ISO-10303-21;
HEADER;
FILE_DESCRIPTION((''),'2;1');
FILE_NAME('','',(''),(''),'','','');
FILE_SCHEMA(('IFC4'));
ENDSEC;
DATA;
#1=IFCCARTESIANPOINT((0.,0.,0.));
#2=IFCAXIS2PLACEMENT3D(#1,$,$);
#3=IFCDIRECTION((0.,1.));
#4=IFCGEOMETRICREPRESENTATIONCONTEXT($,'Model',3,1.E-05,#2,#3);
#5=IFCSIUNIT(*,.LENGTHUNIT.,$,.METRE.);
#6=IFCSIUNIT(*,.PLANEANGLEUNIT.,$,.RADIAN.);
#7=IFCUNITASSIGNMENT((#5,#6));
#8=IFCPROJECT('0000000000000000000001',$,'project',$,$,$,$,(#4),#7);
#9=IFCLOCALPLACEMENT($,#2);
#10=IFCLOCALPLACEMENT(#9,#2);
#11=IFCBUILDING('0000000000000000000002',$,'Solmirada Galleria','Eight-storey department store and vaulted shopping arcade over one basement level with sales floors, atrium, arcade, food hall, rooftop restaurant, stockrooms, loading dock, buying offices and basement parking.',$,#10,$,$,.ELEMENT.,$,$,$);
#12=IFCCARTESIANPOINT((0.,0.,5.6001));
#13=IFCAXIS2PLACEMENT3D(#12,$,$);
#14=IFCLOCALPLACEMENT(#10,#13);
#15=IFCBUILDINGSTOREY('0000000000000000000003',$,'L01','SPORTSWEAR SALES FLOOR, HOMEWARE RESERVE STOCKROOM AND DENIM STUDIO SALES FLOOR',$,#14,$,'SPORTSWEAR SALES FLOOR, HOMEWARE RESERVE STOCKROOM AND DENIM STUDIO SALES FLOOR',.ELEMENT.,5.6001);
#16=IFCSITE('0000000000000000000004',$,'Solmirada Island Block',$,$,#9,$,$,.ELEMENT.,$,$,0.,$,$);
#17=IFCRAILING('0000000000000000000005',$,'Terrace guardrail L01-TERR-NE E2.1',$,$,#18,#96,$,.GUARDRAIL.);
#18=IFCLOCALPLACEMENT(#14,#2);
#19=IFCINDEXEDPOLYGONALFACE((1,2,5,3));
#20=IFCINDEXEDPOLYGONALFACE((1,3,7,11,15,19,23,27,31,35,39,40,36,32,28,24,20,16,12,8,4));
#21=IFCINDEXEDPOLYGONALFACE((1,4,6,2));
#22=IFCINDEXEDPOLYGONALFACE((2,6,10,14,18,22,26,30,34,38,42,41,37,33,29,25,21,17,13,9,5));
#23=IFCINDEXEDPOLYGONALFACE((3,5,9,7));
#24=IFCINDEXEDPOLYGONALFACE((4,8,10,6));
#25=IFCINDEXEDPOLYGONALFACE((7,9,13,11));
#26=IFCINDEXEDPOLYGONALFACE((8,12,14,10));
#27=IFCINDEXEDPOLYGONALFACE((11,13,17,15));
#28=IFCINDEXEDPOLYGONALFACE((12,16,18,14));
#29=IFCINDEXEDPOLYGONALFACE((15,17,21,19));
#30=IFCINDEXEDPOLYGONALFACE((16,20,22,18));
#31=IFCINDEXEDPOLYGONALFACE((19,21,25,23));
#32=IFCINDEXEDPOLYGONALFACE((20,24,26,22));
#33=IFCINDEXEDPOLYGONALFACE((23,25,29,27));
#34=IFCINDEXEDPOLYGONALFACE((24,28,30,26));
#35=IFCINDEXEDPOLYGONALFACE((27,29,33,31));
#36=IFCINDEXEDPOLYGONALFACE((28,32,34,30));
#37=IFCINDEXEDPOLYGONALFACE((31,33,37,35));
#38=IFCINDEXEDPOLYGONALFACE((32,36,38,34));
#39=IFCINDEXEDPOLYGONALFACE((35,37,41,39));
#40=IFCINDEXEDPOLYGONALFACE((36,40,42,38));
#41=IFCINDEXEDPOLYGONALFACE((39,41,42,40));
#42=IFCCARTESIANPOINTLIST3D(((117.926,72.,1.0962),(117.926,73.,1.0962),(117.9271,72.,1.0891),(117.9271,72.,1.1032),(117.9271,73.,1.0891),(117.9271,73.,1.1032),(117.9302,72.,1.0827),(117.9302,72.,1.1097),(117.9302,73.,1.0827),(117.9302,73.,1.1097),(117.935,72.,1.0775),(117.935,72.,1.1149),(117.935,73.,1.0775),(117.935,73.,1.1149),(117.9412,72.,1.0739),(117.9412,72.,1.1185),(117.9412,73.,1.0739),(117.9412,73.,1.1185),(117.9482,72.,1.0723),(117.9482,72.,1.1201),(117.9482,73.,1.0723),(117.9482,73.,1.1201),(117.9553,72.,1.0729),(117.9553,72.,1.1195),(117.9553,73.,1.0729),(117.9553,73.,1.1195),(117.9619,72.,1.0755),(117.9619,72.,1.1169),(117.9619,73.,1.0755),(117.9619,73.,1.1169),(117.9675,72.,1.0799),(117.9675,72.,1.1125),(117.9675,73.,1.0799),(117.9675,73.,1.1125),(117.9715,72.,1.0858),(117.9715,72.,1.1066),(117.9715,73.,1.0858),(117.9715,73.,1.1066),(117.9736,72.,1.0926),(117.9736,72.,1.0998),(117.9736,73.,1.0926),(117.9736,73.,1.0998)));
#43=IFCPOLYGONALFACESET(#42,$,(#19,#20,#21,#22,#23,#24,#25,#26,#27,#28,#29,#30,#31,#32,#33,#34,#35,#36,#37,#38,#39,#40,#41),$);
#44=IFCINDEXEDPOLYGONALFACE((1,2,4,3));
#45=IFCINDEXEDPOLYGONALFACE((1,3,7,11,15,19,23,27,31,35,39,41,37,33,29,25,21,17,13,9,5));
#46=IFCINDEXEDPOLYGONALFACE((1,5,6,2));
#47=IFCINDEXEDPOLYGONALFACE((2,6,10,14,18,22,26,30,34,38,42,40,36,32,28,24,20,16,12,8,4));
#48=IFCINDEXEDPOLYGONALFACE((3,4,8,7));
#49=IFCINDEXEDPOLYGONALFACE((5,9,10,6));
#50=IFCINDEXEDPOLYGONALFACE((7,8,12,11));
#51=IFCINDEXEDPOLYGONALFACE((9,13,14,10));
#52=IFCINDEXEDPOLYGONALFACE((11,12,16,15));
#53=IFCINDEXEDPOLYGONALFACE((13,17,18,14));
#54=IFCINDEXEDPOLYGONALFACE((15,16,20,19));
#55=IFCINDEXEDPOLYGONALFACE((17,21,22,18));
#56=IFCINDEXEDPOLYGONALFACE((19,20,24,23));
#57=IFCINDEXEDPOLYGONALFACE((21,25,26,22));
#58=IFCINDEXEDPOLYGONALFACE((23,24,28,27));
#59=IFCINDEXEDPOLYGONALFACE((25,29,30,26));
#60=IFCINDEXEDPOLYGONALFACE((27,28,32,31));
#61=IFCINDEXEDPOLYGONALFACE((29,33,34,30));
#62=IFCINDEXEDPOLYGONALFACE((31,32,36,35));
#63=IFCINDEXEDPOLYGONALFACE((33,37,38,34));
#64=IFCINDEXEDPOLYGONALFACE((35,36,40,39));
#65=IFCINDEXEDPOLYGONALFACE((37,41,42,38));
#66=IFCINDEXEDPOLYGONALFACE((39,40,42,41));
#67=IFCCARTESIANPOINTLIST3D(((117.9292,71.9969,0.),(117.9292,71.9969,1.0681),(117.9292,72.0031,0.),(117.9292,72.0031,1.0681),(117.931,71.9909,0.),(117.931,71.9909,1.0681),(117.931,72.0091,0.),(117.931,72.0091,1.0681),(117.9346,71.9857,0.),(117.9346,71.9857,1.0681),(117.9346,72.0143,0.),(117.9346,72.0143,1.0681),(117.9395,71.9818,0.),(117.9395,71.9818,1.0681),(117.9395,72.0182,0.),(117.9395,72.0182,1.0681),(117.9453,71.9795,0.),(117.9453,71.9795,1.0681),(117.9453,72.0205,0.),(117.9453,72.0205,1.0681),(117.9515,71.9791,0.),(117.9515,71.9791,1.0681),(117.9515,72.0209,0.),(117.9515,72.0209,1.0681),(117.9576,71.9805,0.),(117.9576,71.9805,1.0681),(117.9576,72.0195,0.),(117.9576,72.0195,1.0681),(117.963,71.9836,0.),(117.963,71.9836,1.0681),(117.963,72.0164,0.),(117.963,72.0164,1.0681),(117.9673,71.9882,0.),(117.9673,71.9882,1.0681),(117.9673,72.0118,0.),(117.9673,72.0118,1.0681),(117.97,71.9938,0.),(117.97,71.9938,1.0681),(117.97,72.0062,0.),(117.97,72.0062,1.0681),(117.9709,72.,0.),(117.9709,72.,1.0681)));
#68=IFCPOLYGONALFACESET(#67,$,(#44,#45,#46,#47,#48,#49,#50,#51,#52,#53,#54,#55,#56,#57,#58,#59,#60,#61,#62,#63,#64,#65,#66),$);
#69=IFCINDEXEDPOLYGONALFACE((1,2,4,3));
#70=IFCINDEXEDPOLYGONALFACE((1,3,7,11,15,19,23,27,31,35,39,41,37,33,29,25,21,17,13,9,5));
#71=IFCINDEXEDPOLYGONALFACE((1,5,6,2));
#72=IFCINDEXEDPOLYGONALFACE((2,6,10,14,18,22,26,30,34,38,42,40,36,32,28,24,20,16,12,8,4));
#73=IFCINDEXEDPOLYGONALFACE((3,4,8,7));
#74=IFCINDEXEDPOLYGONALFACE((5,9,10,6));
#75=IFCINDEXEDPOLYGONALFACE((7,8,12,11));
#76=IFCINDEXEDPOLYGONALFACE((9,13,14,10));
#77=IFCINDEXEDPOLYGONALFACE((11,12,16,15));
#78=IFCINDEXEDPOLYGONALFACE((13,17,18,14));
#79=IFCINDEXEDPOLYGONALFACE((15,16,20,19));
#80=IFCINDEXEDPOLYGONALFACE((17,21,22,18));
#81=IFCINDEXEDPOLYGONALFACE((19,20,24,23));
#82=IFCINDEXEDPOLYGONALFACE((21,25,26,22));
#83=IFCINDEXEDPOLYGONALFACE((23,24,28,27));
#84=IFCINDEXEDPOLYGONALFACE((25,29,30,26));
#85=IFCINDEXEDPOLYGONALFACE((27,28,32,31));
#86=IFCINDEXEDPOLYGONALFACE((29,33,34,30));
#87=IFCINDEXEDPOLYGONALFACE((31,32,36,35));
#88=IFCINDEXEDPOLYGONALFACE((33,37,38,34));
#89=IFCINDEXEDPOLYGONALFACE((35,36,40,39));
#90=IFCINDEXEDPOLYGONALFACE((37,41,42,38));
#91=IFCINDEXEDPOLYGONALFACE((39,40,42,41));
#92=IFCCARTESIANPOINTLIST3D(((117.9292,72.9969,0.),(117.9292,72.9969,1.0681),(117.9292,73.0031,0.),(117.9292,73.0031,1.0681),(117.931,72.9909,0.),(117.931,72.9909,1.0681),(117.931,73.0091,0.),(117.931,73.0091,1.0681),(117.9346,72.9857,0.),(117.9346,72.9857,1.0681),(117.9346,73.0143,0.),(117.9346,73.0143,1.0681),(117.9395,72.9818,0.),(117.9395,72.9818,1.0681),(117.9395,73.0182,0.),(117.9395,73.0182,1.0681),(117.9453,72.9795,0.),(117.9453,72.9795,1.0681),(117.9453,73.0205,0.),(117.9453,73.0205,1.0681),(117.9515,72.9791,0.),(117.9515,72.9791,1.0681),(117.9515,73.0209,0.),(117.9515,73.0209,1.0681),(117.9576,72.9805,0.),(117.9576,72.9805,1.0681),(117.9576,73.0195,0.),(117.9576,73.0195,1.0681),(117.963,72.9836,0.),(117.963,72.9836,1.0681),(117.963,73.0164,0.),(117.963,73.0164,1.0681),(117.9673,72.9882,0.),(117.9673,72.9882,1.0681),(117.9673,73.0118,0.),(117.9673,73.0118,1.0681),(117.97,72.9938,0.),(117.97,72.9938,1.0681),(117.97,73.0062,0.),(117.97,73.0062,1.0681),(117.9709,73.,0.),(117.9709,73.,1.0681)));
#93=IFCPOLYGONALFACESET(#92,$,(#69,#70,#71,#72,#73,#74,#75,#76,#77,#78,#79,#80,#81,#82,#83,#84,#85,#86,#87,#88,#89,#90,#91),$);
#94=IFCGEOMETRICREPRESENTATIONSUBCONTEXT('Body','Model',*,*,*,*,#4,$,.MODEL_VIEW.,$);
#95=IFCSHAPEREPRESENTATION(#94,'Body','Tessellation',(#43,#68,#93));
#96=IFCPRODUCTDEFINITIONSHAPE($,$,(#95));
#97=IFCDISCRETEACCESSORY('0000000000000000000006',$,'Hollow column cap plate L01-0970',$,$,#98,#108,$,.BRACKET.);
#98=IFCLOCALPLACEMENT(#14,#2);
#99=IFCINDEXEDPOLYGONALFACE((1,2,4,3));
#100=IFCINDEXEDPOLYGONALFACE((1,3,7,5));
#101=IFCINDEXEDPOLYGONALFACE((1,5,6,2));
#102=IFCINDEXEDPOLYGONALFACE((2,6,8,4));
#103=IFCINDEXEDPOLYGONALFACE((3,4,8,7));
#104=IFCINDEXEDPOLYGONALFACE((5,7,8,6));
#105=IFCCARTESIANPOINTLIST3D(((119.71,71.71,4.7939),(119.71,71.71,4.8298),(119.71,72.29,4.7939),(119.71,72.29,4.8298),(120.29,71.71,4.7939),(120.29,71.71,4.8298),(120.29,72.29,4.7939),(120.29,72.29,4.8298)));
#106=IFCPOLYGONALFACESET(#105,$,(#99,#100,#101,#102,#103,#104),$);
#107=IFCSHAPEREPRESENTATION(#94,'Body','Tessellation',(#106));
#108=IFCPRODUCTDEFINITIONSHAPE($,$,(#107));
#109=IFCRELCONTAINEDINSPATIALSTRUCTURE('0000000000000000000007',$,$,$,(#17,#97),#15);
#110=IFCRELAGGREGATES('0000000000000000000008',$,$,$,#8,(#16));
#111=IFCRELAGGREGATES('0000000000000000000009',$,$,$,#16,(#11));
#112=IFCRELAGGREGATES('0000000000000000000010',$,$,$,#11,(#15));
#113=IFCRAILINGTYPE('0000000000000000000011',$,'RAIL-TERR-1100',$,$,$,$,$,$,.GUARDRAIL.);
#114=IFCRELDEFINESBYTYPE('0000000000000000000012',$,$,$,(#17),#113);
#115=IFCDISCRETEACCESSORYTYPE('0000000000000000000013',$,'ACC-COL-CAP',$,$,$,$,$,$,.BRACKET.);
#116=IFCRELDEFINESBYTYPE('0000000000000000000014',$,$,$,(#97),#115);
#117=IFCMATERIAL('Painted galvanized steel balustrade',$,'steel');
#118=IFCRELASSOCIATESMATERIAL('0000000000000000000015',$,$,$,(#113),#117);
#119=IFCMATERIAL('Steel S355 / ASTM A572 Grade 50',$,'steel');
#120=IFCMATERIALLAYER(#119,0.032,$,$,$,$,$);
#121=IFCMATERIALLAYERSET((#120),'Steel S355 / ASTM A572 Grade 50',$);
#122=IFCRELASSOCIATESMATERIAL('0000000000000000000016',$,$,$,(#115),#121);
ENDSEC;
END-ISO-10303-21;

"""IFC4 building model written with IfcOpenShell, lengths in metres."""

from ifc_helpers import new_model, si_unit, direction, frame, origin, origin_2d, place, context, subcontext, project, spatial, rectangle, circle, extrude, material, layer, layer_set, type_object, element, save


model = new_model("IFC4")

# Units and contexts
model_context = context("Model", 3, precision=1e-05, world=origin(), true_north=direction((0.0, 1.0)))
body_context = subcontext(model_context, "Body", "Model", "MODEL_VIEW")
ifc_project = project(units=[si_unit("LENGTHUNIT", "METRE"), si_unit("PLANEANGLEUNIT", "RADIAN")], contexts=[model_context])

# Site, building, storey
site_placement = place(None, origin())
site = spatial("IfcSite", under=ifc_project, at=site_placement, Name="Solmirada Island Block", CompositionType="ELEMENT", RefElevation=0.0)
building_placement = place(site_placement, origin())
building = spatial("IfcBuilding", under=site, at=building_placement, Name="Solmirada Galleria", Description="Eight-storey department store and vaulted shopping arcade over one basement level with sales floors, atrium, arcade, food hall, rooftop restaurant, stockrooms, loading dock, buying offices and basement parking.", CompositionType="ELEMENT")
storey_placement = place(building_placement, frame((0.0, 0.0, 5.6001)))
storey = spatial("IfcBuildingStorey", under=building, at=storey_placement, Name="L01", Description="SPORTSWEAR SALES FLOOR, HOMEWARE RESERVE STOCKROOM AND DENIM STUDIO SALES FLOOR", LongName="SPORTSWEAR SALES FLOOR, HOMEWARE RESERVE STOCKROOM AND DENIM STUDIO SALES FLOOR", CompositionType="ELEMENT", Elevation=5.6001)

# Railing
ifc_material_1 = material(Name="Painted galvanized steel balustrade", Category="steel")
railing_type = type_object("IfcRailingType", Name="RAIL-TERR-1100", PredefinedType="GUARDRAIL", material=ifc_material_1)
railing_placement = place(storey_placement, frame((117.95, 72.0, 0.0)))
element("IfcRailing", 1, at=railing_placement, inside=storey, type_object=railing_type, Name="Terrace guardrail L01-TERR-NE E2.1", PredefinedType="GUARDRAIL", context=body_context, shape_type="SweptSolid", body=[
    extrude(circle(Radius=0.0239, at=origin_2d()), frame((0.0, 0.0, 1.0962), z_axis=(0.0, 1.0, 0.0), x_axis=(-1.0, 0.0, 0.0)), (0.0, 0.0, 1.0), 1.0),
    extrude(circle(Radius=0.021, at=origin_2d()), origin(), (0.0, 0.0, 1.0), 1.0681),
    extrude(circle(Radius=0.021, at=origin_2d()), frame((0.0, 1.0, 0.0)), (0.0, 0.0, 1.0), 1.0681),
])

# Discrete accessory
ifc_material_2 = material(Name="Steel S355 / ASTM A572 Grade 50", Category="steel")
ifc_layer_1 = layer(ifc_material_2, 0.032)
ifc_layer_set_1 = layer_set([ifc_layer_1], Name="Steel S355 / ASTM A572 Grade 50")
discrete_accessory_type = type_object("IfcDiscreteAccessoryType", Name="ACC-COL-CAP", PredefinedType="BRACKET", material=ifc_layer_set_1)
discrete_accessory_placement = place(storey_placement, frame((120.0, 72.0, 4.7939), z_axis=(0.0, 0.0, 1.0), x_axis=(1.0, 0.0, 0.0)))
element("IfcDiscreteAccessory", 2, at=discrete_accessory_placement, inside=storey, type_object=discrete_accessory_type, Name="Hollow column cap plate L01-0970", PredefinedType="BRACKET", context=body_context, shape_type="SweptSolid", body=[
    extrude(rectangle(XDim=0.5801, YDim=0.5801, at=origin_2d()), origin(), (0.0, 0.0, 1.0), 0.0359),
])

save(model, "model.ifc")
